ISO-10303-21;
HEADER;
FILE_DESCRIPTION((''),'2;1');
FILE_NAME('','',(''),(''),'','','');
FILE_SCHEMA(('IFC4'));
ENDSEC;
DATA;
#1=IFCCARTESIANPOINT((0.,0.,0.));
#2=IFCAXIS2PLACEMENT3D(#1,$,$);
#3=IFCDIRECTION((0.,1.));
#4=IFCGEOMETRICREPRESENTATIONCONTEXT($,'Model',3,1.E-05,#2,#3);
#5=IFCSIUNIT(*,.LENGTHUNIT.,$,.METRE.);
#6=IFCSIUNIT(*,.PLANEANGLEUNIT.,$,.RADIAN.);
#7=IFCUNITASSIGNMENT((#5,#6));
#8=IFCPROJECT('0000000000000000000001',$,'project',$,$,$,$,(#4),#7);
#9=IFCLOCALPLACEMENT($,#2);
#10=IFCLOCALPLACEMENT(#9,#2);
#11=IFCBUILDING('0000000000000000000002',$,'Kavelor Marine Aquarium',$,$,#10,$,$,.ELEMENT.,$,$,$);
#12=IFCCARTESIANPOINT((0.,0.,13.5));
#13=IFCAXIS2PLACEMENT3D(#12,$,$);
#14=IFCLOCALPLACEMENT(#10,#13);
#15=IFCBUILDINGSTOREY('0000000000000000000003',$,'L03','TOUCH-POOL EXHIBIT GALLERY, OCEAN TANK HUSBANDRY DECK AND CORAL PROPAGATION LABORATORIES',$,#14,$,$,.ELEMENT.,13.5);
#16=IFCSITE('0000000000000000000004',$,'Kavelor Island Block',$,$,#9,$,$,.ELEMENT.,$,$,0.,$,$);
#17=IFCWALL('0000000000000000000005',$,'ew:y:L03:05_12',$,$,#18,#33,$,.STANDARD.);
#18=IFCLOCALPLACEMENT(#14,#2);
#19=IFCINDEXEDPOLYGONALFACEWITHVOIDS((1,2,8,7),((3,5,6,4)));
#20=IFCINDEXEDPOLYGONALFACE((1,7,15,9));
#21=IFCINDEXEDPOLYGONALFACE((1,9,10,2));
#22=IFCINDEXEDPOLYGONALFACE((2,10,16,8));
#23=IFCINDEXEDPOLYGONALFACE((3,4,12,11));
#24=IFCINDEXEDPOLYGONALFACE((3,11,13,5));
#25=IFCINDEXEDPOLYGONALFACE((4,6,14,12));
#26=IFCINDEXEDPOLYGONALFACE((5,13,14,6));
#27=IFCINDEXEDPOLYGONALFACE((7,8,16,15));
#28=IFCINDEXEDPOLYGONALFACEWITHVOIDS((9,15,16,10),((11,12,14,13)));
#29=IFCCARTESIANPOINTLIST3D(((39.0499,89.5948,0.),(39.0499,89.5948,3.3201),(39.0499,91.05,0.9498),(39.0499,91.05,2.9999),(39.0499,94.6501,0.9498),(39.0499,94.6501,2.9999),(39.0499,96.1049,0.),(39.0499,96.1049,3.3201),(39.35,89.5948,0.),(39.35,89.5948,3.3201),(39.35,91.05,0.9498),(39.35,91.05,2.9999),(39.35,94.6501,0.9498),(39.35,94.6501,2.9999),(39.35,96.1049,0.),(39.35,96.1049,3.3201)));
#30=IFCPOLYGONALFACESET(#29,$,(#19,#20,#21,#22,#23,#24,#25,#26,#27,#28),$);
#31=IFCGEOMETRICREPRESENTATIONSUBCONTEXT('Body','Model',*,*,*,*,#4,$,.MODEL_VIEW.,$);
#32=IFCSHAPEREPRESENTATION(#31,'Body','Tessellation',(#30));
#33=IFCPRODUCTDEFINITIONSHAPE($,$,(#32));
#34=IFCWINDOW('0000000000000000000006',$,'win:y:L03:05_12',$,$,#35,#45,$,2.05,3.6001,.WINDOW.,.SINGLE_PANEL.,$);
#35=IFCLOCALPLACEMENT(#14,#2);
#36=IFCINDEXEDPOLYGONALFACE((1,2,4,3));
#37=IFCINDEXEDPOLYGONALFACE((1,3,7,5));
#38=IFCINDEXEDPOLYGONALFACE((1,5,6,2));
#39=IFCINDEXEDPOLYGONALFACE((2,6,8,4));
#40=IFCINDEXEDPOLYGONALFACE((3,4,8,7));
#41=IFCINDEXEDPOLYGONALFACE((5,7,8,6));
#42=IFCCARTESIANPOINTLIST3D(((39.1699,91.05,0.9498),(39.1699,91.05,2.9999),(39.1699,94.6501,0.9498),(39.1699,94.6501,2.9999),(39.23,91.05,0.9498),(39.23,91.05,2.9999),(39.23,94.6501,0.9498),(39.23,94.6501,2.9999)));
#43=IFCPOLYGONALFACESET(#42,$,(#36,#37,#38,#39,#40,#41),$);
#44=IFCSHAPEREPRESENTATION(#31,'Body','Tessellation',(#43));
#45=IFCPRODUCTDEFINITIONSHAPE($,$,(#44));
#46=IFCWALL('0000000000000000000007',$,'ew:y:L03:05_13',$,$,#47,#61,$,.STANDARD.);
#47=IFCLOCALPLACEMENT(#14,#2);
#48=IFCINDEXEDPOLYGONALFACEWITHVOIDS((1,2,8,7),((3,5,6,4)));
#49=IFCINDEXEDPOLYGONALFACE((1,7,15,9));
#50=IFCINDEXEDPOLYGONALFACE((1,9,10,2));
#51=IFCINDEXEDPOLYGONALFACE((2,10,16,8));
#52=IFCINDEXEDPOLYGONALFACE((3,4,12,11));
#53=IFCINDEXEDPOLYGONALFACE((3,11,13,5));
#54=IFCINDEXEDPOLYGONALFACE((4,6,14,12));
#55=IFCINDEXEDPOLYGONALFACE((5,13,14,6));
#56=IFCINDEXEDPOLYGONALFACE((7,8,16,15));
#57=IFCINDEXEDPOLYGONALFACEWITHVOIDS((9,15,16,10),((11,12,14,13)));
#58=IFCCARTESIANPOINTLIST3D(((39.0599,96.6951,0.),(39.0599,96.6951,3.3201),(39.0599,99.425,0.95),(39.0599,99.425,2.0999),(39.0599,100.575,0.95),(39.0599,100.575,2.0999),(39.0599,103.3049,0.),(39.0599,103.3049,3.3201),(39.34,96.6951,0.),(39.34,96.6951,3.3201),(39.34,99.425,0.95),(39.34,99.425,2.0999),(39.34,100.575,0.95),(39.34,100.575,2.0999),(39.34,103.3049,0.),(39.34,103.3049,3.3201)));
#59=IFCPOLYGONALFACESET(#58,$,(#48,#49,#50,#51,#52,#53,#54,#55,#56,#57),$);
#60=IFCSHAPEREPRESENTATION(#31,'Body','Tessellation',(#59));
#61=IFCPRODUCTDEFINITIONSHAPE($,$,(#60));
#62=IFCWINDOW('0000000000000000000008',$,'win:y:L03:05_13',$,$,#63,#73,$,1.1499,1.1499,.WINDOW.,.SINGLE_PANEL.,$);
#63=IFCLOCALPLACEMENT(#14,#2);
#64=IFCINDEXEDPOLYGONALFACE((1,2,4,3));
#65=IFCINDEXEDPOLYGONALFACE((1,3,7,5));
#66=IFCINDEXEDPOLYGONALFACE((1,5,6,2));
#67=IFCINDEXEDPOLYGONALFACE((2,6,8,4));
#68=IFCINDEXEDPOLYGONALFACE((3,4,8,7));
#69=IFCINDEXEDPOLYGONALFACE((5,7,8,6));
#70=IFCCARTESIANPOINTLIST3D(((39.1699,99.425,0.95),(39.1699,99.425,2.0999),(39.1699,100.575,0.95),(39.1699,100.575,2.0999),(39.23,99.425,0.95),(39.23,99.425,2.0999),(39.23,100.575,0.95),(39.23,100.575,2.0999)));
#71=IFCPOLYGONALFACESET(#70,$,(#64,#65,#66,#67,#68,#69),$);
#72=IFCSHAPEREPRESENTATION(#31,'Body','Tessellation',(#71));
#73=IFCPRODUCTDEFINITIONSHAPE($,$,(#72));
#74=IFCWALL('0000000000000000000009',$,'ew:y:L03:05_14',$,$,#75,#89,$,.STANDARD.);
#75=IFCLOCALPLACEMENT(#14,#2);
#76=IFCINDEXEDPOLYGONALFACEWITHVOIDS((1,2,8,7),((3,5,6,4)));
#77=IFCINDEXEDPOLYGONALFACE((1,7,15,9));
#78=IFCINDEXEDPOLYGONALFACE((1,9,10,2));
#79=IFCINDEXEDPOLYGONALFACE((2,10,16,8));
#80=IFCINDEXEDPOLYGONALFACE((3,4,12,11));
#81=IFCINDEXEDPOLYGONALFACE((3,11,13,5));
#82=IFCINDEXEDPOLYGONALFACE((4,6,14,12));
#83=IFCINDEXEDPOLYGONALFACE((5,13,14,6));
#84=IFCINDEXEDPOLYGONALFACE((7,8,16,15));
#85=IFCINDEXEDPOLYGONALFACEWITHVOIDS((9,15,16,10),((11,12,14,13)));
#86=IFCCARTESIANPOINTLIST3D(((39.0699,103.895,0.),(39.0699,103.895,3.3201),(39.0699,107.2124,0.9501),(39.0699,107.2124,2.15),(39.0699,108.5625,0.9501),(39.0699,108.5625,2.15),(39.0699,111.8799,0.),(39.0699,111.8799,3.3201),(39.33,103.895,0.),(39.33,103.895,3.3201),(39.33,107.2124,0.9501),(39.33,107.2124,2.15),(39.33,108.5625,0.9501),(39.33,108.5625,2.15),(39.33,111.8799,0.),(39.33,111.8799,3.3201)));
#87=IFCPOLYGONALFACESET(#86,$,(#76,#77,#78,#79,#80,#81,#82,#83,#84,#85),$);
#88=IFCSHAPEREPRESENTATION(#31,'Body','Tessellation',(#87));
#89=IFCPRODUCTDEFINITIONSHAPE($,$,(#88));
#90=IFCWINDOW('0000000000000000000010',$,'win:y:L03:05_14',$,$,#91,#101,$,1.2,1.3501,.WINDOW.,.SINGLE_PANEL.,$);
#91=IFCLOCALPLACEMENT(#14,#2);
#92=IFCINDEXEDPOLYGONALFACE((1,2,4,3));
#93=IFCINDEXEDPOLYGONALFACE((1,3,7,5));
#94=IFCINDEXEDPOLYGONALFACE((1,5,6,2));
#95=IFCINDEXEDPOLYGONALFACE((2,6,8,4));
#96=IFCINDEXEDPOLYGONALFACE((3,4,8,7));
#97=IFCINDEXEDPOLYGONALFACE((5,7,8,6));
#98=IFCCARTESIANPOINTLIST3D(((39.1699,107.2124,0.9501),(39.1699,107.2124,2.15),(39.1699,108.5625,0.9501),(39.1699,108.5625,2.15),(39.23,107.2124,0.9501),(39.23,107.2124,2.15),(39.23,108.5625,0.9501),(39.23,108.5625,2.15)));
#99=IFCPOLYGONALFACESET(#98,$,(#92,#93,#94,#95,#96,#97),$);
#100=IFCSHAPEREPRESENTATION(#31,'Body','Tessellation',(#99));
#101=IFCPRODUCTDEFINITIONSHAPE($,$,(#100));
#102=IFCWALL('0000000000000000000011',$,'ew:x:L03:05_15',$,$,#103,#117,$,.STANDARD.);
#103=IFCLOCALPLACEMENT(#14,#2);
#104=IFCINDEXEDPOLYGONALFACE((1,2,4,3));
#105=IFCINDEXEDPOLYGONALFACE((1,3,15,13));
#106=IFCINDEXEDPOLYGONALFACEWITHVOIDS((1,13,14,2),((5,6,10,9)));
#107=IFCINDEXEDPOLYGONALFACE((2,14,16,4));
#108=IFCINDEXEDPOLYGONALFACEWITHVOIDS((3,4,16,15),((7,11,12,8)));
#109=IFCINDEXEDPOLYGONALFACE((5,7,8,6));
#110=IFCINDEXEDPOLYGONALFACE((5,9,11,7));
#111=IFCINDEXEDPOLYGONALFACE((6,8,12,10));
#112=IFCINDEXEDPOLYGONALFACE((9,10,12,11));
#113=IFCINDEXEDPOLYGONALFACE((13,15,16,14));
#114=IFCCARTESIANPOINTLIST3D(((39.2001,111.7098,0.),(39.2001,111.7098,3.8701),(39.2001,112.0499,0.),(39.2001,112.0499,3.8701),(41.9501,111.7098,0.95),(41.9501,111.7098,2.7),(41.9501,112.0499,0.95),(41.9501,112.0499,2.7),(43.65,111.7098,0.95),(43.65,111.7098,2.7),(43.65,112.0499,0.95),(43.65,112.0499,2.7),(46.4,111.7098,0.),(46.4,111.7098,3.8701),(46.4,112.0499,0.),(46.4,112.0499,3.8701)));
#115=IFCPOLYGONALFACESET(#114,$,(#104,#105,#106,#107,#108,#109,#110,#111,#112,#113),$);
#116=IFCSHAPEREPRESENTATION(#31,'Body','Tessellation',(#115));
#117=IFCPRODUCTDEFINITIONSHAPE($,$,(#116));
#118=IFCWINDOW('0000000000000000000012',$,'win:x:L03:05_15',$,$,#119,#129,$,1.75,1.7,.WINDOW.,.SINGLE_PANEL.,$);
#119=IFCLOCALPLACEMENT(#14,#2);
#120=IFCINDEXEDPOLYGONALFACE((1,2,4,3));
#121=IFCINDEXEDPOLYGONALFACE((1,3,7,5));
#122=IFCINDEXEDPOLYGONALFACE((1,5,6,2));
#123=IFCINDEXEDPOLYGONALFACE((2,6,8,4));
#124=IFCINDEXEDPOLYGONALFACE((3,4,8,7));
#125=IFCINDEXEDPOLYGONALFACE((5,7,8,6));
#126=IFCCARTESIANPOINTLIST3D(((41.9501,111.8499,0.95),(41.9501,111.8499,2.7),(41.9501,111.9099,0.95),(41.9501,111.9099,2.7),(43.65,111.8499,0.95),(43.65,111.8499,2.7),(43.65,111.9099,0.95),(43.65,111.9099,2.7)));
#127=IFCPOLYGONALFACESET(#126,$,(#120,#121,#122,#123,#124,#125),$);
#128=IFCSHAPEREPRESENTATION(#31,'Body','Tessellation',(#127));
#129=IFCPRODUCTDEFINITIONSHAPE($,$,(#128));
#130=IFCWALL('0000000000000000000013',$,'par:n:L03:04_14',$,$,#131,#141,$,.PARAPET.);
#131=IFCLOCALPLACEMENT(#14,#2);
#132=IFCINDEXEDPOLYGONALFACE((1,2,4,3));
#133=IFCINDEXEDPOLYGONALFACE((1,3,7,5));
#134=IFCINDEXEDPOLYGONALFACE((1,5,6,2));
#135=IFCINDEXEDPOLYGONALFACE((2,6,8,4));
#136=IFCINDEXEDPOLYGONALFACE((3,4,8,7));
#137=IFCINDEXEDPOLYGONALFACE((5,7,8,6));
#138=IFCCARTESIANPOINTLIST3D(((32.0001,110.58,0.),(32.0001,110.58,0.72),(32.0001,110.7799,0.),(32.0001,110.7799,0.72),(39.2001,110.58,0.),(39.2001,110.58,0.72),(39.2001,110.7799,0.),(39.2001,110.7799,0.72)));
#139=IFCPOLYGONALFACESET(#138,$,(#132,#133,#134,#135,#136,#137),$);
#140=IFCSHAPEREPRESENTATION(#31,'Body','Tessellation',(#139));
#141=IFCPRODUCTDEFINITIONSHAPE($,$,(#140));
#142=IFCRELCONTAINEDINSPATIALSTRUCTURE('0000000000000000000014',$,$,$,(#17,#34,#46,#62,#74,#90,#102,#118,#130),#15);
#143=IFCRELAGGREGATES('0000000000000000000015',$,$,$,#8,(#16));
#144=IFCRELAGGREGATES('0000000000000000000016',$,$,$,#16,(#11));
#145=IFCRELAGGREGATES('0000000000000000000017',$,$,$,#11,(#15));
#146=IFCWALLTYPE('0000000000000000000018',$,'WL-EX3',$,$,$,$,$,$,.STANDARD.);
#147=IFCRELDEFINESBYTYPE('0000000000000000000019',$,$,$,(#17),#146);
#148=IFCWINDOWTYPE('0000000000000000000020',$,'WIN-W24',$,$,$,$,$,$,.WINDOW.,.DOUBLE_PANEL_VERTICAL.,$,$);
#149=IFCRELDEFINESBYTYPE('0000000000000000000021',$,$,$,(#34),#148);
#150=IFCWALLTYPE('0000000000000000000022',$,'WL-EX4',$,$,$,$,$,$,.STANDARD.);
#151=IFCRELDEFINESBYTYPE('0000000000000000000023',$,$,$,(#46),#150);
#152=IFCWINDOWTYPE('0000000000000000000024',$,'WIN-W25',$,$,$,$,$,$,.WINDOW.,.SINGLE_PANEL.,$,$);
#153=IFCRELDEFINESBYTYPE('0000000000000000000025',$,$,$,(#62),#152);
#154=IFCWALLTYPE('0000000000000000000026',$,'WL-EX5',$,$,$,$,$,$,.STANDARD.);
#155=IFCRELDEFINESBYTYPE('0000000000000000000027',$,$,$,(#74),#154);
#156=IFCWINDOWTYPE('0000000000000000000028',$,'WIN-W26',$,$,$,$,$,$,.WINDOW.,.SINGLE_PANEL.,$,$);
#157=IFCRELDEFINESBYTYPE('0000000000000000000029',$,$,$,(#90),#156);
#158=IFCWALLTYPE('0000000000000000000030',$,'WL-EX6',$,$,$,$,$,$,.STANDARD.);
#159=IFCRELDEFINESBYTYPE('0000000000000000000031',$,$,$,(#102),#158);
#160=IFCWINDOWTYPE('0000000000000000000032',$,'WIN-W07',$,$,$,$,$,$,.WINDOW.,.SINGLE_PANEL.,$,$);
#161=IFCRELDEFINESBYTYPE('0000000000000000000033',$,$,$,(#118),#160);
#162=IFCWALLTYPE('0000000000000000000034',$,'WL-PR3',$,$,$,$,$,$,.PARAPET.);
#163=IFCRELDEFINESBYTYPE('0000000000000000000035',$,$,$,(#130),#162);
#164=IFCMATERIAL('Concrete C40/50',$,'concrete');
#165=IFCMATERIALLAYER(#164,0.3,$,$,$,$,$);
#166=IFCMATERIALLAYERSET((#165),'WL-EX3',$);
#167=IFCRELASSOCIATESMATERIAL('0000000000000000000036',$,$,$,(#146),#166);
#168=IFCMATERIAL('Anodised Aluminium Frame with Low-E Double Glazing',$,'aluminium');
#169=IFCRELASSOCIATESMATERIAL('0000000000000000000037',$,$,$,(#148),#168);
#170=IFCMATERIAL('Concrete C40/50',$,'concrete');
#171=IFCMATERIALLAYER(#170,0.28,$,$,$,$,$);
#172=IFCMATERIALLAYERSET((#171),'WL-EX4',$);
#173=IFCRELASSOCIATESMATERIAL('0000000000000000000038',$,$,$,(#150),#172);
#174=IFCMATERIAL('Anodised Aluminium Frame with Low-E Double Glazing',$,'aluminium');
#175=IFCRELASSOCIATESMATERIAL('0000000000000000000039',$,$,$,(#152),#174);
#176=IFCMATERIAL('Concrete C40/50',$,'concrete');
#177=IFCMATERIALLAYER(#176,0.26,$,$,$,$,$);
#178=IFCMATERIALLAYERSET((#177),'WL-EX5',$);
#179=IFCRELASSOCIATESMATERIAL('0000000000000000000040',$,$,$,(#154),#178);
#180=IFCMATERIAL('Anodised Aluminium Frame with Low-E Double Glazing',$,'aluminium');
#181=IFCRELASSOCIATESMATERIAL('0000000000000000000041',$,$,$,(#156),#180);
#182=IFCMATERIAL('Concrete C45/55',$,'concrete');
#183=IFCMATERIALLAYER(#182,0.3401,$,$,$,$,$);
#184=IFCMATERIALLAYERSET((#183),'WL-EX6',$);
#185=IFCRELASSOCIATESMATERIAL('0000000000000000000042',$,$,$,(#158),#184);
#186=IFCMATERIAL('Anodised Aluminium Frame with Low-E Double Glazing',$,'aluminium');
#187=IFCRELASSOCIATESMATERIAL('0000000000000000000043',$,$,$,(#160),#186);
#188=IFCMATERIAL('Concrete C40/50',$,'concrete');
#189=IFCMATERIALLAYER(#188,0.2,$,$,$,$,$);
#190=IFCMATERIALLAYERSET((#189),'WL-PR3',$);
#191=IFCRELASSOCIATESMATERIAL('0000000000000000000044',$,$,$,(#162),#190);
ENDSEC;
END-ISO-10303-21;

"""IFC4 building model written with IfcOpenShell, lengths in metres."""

from ifc_helpers import new_model, si_unit, direction, frame, frame_2d, origin, place, context, subcontext, project, spatial, rectangle, extrude, material, layer, layer_set, type_object, element, fill, save


model = new_model("IFC4")

# Units and contexts
model_context = context("Model", 3, precision=1e-05, world=origin(), true_north=direction((0.0, 1.0)))
body_context = subcontext(model_context, "Body", "Model", "MODEL_VIEW")
ifc_project = project(units=[si_unit("LENGTHUNIT", "METRE"), si_unit("PLANEANGLEUNIT", "RADIAN")], contexts=[model_context])

# Site, building, storey
site_placement = place(None, origin())
site = spatial("IfcSite", under=ifc_project, at=site_placement, Name="Kavelor Island Block", CompositionType="ELEMENT", RefElevation=0.0)
building_placement = place(site_placement, origin())
building = spatial("IfcBuilding", under=site, at=building_placement, Name="Kavelor Marine Aquarium", CompositionType="ELEMENT")
storey_placement = place(building_placement, frame((0.0, 0.0, 13.5)))
storey = spatial("IfcBuildingStorey", under=building, at=storey_placement, Name="L03", Description="TOUCH-POOL EXHIBIT GALLERY, OCEAN TANK HUSBANDRY DECK AND CORAL PROPAGATION LABORATORIES", CompositionType="ELEMENT", Elevation=13.5)

# Walls, openings, windows
ifc_material_1 = material(Name="Concrete C40/50", Category="concrete")
ifc_layer_1 = layer(ifc_material_1, 0.3)
ifc_layer_set_1 = layer_set([ifc_layer_1], Name="WL-EX3")
wall_type_1 = type_object("IfcWallType", Name="WL-EX3", PredefinedType="STANDARD", material=ifc_layer_set_1)
wall_1_placement = place(storey_placement, frame((39.2, 89.595, 0.0), z_axis=(0.0, 0.0, 1.0), x_axis=(0.0, 1.0, 0.0)))
wall_1 = element("IfcWall", 1, at=wall_1_placement, inside=storey, type_object=wall_type_1, Name="ew:y:L03:05_12", PredefinedType="STANDARD", context=body_context, shape_type="SweptSolid", body=[
    extrude(rectangle(XDim=6.51, YDim=0.3, at=frame_2d((3.2549, 0.0))), origin(), (0.0, 0.0, 1.0), 3.3201),
])
opening_1_placement = place(wall_1_placement, frame((1.4551, 0.0, 0.95)))
opening_1 = element("IfcOpeningElement", 2, at=opening_1_placement, cuts=wall_1, PredefinedType="OPENING", context=body_context, shape_type="SweptSolid", body=[
    extrude(rectangle(XDim=3.6001, YDim=2.05, at=frame_2d((1.8, 1.0249))), frame((0.0, 0.1599, 0.0), z_axis=(0.0, -1.0, 0.0), x_axis=(1.0, 0.0, 0.0)), (0.0, 0.0, 1.0), 0.32),
])
ifc_material_2 = material(Name="Anodised Aluminium Frame with Low-E Double Glazing", Category="aluminium")
window_type_1 = type_object("IfcWindowType", Name="WIN-W24", PartitioningType="DOUBLE_PANEL_VERTICAL", PredefinedType="WINDOW", material=ifc_material_2)
window_1_placement = place(opening_1_placement, origin())
window_1 = element("IfcWindow", 3, at=window_1_placement, inside=storey, type_object=window_type_1, Name="win:y:L03:05_12", OverallHeight=2.05, OverallWidth=3.6001, PartitioningType="SINGLE_PANEL", PredefinedType="WINDOW", context=body_context, shape_type="SweptSolid", body=[
    extrude(rectangle(XDim=3.6001, YDim=2.05, at=frame_2d((1.8, 1.0249))), frame((0.0, 0.03, 0.0), z_axis=(0.0, -1.0, 0.0), x_axis=(1.0, 0.0, 0.0)), (0.0, 0.0, 1.0), 0.0601),
])
fill(opening_1, window_1)
ifc_material_3 = material(Name="Concrete C40/50", Category="concrete")
ifc_layer_2 = layer(ifc_material_3, 0.28)
ifc_layer_set_2 = layer_set([ifc_layer_2], Name="WL-EX4")
wall_type_2 = type_object("IfcWallType", Name="WL-EX4", PredefinedType="STANDARD", material=ifc_layer_set_2)
wall_2_placement = place(storey_placement, frame((39.2, 96.6951, 0.0), z_axis=(0.0, 0.0, 1.0), x_axis=(0.0, 1.0, 0.0)))
wall_2 = element("IfcWall", 4, at=wall_2_placement, inside=storey, type_object=wall_type_2, Name="ew:y:L03:05_13", PredefinedType="STANDARD", context=body_context, shape_type="SweptSolid", body=[
    extrude(rectangle(XDim=6.6099, YDim=0.28, at=frame_2d((3.3049, 0.0))), origin(), (0.0, 0.0, 1.0), 3.3201),
])
opening_2_placement = place(wall_2_placement, frame((2.73, 0.0, 0.95)))
opening_2 = element("IfcOpeningElement", 5, at=opening_2_placement, cuts=wall_2, PredefinedType="OPENING", context=body_context, shape_type="SweptSolid", body=[
    extrude(rectangle(XDim=1.1499, YDim=1.1499, at=frame_2d((0.575, 0.575))), frame((0.0, 0.1499, 0.0), z_axis=(0.0, -1.0, 0.0), x_axis=(1.0, 0.0, 0.0)), (0.0, 0.0, 1.0), 0.3),
])
ifc_material_4 = material(Name="Anodised Aluminium Frame with Low-E Double Glazing", Category="aluminium")
window_type_2 = type_object("IfcWindowType", Name="WIN-W25", PartitioningType="SINGLE_PANEL", PredefinedType="WINDOW", material=ifc_material_4)
window_2_placement = place(opening_2_placement, origin())
window_2 = element("IfcWindow", 6, at=window_2_placement, inside=storey, type_object=window_type_2, Name="win:y:L03:05_13", OverallHeight=1.1499, OverallWidth=1.1499, PartitioningType="SINGLE_PANEL", PredefinedType="WINDOW", context=body_context, shape_type="SweptSolid", body=[
    extrude(rectangle(XDim=1.1499, YDim=1.1499, at=frame_2d((0.575, 0.575))), frame((0.0, 0.03, 0.0), z_axis=(0.0, -1.0, 0.0), x_axis=(1.0, 0.0, 0.0)), (0.0, 0.0, 1.0), 0.0601),
])
fill(opening_2, window_2)
ifc_material_5 = material(Name="Concrete C40/50", Category="concrete")
ifc_layer_3 = layer(ifc_material_5, 0.26)
ifc_layer_set_3 = layer_set([ifc_layer_3], Name="WL-EX5")
wall_type_3 = type_object("IfcWallType", Name="WL-EX5", PredefinedType="STANDARD", material=ifc_layer_set_3)
wall_3_placement = place(storey_placement, frame((39.2, 103.895, 0.0), z_axis=(0.0, 0.0, 1.0), x_axis=(0.0, 1.0, 0.0)))
wall_3 = element("IfcWall", 7, at=wall_3_placement, inside=storey, type_object=wall_type_3, Name="ew:y:L03:05_14", PredefinedType="STANDARD", context=body_context, shape_type="SweptSolid", body=[
    extrude(rectangle(XDim=7.9849, YDim=0.26, at=frame_2d((3.9924, 0.0))), origin(), (0.0, 0.0, 1.0), 3.3201),
])
opening_3_placement = place(wall_3_placement, frame((3.3174, 0.0, 0.95)))
opening_3 = element("IfcOpeningElement", 8, at=opening_3_placement, cuts=wall_3, PredefinedType="OPENING", context=body_context, shape_type="SweptSolid", body=[
    extrude(rectangle(XDim=1.3501, YDim=1.2, at=frame_2d((0.675, 0.6001))), frame((0.0, 0.1399, 0.0), z_axis=(0.0, -1.0, 0.0), x_axis=(1.0, 0.0, 0.0)), (0.0, 0.0, 1.0), 0.28),
])
ifc_material_6 = material(Name="Anodised Aluminium Frame with Low-E Double Glazing", Category="aluminium")
window_type_3 = type_object("IfcWindowType", Name="WIN-W26", PartitioningType="SINGLE_PANEL", PredefinedType="WINDOW", material=ifc_material_6)
window_3_placement = place(opening_3_placement, origin())
window_3 = element("IfcWindow", 9, at=window_3_placement, inside=storey, type_object=window_type_3, Name="win:y:L03:05_14", OverallHeight=1.2, OverallWidth=1.3501, PartitioningType="SINGLE_PANEL", PredefinedType="WINDOW", context=body_context, shape_type="SweptSolid", body=[
    extrude(rectangle(XDim=1.3501, YDim=1.2, at=frame_2d((0.675, 0.6001))), frame((0.0, 0.03, 0.0), z_axis=(0.0, -1.0, 0.0), x_axis=(1.0, 0.0, 0.0)), (0.0, 0.0, 1.0), 0.0601),
])
fill(opening_3, window_3)
ifc_material_7 = material(Name="Concrete C45/55", Category="concrete")
ifc_layer_4 = layer(ifc_material_7, 0.3401)
ifc_layer_set_4 = layer_set([ifc_layer_4], Name="WL-EX6")
wall_type_4 = type_object("IfcWallType", Name="WL-EX6", PredefinedType="STANDARD", material=ifc_layer_set_4)
wall_4_placement = place(storey_placement, frame((39.2, 111.8799, 0.0), z_axis=(0.0, 0.0, 1.0), x_axis=(1.0, 0.0, 0.0)))
wall_4 = element("IfcWall", 10, at=wall_4_placement, inside=storey, type_object=wall_type_4, Name="ew:x:L03:05_15", PredefinedType="STANDARD", context=body_context, shape_type="SweptSolid", body=[
    extrude(rectangle(XDim=7.2, YDim=0.3401, at=frame_2d((3.6001, 0.0))), origin(), (0.0, 0.0, 1.0), 3.8701),
])
opening_4_placement = place(wall_4_placement, frame((2.75, 0.0, 0.95)))
opening_4 = element("IfcOpeningElement", 11, at=opening_4_placement, cuts=wall_4, PredefinedType="OPENING", context=body_context, shape_type="SweptSolid", body=[
    extrude(rectangle(XDim=1.7, YDim=1.75, at=frame_2d((0.8501, 0.875))), frame((0.0, 0.1799, 0.0), z_axis=(0.0, -1.0, 0.0), x_axis=(1.0, 0.0, 0.0)), (0.0, 0.0, 1.0), 0.3601),
])
ifc_material_8 = material(Name="Anodised Aluminium Frame with Low-E Double Glazing", Category="aluminium")
window_type_4 = type_object("IfcWindowType", Name="WIN-W07", PartitioningType="SINGLE_PANEL", PredefinedType="WINDOW", material=ifc_material_8)
window_4_placement = place(opening_4_placement, origin())
window_4 = element("IfcWindow", 12, at=window_4_placement, inside=storey, type_object=window_type_4, Name="win:x:L03:05_15", OverallHeight=1.75, OverallWidth=1.7, PartitioningType="SINGLE_PANEL", PredefinedType="WINDOW", context=body_context, shape_type="SweptSolid", body=[
    extrude(rectangle(XDim=1.7, YDim=1.75, at=frame_2d((0.8501, 0.875))), frame((0.0, 0.03, 0.0), z_axis=(0.0, -1.0, 0.0), x_axis=(1.0, 0.0, 0.0)), (0.0, 0.0, 1.0), 0.0601),
])
fill(opening_4, window_4)

# Wall
ifc_material_9 = material(Name="Concrete C40/50", Category="concrete")
ifc_layer_5 = layer(ifc_material_9, 0.2)
ifc_layer_set_5 = layer_set([ifc_layer_5], Name="WL-PR3")
wall_type_5 = type_object("IfcWallType", Name="WL-PR3", PredefinedType="PARAPET", material=ifc_layer_set_5)
wall_5_placement = place(storey_placement, frame((32.0, 110.6799, 0.0), z_axis=(0.0, 0.0, 1.0), x_axis=(1.0, 0.0, 0.0)))
element("IfcWall", 13, at=wall_5_placement, inside=storey, type_object=wall_type_5, Name="par:n:L03:04_14", PredefinedType="PARAPET", context=body_context, shape_type="SweptSolid", body=[
    extrude(rectangle(XDim=7.2, YDim=0.2, at=frame_2d((3.6001, 0.0))), origin(), (0.0, 0.0, 1.0), 0.72),
])

save(model, "model.ifc")
